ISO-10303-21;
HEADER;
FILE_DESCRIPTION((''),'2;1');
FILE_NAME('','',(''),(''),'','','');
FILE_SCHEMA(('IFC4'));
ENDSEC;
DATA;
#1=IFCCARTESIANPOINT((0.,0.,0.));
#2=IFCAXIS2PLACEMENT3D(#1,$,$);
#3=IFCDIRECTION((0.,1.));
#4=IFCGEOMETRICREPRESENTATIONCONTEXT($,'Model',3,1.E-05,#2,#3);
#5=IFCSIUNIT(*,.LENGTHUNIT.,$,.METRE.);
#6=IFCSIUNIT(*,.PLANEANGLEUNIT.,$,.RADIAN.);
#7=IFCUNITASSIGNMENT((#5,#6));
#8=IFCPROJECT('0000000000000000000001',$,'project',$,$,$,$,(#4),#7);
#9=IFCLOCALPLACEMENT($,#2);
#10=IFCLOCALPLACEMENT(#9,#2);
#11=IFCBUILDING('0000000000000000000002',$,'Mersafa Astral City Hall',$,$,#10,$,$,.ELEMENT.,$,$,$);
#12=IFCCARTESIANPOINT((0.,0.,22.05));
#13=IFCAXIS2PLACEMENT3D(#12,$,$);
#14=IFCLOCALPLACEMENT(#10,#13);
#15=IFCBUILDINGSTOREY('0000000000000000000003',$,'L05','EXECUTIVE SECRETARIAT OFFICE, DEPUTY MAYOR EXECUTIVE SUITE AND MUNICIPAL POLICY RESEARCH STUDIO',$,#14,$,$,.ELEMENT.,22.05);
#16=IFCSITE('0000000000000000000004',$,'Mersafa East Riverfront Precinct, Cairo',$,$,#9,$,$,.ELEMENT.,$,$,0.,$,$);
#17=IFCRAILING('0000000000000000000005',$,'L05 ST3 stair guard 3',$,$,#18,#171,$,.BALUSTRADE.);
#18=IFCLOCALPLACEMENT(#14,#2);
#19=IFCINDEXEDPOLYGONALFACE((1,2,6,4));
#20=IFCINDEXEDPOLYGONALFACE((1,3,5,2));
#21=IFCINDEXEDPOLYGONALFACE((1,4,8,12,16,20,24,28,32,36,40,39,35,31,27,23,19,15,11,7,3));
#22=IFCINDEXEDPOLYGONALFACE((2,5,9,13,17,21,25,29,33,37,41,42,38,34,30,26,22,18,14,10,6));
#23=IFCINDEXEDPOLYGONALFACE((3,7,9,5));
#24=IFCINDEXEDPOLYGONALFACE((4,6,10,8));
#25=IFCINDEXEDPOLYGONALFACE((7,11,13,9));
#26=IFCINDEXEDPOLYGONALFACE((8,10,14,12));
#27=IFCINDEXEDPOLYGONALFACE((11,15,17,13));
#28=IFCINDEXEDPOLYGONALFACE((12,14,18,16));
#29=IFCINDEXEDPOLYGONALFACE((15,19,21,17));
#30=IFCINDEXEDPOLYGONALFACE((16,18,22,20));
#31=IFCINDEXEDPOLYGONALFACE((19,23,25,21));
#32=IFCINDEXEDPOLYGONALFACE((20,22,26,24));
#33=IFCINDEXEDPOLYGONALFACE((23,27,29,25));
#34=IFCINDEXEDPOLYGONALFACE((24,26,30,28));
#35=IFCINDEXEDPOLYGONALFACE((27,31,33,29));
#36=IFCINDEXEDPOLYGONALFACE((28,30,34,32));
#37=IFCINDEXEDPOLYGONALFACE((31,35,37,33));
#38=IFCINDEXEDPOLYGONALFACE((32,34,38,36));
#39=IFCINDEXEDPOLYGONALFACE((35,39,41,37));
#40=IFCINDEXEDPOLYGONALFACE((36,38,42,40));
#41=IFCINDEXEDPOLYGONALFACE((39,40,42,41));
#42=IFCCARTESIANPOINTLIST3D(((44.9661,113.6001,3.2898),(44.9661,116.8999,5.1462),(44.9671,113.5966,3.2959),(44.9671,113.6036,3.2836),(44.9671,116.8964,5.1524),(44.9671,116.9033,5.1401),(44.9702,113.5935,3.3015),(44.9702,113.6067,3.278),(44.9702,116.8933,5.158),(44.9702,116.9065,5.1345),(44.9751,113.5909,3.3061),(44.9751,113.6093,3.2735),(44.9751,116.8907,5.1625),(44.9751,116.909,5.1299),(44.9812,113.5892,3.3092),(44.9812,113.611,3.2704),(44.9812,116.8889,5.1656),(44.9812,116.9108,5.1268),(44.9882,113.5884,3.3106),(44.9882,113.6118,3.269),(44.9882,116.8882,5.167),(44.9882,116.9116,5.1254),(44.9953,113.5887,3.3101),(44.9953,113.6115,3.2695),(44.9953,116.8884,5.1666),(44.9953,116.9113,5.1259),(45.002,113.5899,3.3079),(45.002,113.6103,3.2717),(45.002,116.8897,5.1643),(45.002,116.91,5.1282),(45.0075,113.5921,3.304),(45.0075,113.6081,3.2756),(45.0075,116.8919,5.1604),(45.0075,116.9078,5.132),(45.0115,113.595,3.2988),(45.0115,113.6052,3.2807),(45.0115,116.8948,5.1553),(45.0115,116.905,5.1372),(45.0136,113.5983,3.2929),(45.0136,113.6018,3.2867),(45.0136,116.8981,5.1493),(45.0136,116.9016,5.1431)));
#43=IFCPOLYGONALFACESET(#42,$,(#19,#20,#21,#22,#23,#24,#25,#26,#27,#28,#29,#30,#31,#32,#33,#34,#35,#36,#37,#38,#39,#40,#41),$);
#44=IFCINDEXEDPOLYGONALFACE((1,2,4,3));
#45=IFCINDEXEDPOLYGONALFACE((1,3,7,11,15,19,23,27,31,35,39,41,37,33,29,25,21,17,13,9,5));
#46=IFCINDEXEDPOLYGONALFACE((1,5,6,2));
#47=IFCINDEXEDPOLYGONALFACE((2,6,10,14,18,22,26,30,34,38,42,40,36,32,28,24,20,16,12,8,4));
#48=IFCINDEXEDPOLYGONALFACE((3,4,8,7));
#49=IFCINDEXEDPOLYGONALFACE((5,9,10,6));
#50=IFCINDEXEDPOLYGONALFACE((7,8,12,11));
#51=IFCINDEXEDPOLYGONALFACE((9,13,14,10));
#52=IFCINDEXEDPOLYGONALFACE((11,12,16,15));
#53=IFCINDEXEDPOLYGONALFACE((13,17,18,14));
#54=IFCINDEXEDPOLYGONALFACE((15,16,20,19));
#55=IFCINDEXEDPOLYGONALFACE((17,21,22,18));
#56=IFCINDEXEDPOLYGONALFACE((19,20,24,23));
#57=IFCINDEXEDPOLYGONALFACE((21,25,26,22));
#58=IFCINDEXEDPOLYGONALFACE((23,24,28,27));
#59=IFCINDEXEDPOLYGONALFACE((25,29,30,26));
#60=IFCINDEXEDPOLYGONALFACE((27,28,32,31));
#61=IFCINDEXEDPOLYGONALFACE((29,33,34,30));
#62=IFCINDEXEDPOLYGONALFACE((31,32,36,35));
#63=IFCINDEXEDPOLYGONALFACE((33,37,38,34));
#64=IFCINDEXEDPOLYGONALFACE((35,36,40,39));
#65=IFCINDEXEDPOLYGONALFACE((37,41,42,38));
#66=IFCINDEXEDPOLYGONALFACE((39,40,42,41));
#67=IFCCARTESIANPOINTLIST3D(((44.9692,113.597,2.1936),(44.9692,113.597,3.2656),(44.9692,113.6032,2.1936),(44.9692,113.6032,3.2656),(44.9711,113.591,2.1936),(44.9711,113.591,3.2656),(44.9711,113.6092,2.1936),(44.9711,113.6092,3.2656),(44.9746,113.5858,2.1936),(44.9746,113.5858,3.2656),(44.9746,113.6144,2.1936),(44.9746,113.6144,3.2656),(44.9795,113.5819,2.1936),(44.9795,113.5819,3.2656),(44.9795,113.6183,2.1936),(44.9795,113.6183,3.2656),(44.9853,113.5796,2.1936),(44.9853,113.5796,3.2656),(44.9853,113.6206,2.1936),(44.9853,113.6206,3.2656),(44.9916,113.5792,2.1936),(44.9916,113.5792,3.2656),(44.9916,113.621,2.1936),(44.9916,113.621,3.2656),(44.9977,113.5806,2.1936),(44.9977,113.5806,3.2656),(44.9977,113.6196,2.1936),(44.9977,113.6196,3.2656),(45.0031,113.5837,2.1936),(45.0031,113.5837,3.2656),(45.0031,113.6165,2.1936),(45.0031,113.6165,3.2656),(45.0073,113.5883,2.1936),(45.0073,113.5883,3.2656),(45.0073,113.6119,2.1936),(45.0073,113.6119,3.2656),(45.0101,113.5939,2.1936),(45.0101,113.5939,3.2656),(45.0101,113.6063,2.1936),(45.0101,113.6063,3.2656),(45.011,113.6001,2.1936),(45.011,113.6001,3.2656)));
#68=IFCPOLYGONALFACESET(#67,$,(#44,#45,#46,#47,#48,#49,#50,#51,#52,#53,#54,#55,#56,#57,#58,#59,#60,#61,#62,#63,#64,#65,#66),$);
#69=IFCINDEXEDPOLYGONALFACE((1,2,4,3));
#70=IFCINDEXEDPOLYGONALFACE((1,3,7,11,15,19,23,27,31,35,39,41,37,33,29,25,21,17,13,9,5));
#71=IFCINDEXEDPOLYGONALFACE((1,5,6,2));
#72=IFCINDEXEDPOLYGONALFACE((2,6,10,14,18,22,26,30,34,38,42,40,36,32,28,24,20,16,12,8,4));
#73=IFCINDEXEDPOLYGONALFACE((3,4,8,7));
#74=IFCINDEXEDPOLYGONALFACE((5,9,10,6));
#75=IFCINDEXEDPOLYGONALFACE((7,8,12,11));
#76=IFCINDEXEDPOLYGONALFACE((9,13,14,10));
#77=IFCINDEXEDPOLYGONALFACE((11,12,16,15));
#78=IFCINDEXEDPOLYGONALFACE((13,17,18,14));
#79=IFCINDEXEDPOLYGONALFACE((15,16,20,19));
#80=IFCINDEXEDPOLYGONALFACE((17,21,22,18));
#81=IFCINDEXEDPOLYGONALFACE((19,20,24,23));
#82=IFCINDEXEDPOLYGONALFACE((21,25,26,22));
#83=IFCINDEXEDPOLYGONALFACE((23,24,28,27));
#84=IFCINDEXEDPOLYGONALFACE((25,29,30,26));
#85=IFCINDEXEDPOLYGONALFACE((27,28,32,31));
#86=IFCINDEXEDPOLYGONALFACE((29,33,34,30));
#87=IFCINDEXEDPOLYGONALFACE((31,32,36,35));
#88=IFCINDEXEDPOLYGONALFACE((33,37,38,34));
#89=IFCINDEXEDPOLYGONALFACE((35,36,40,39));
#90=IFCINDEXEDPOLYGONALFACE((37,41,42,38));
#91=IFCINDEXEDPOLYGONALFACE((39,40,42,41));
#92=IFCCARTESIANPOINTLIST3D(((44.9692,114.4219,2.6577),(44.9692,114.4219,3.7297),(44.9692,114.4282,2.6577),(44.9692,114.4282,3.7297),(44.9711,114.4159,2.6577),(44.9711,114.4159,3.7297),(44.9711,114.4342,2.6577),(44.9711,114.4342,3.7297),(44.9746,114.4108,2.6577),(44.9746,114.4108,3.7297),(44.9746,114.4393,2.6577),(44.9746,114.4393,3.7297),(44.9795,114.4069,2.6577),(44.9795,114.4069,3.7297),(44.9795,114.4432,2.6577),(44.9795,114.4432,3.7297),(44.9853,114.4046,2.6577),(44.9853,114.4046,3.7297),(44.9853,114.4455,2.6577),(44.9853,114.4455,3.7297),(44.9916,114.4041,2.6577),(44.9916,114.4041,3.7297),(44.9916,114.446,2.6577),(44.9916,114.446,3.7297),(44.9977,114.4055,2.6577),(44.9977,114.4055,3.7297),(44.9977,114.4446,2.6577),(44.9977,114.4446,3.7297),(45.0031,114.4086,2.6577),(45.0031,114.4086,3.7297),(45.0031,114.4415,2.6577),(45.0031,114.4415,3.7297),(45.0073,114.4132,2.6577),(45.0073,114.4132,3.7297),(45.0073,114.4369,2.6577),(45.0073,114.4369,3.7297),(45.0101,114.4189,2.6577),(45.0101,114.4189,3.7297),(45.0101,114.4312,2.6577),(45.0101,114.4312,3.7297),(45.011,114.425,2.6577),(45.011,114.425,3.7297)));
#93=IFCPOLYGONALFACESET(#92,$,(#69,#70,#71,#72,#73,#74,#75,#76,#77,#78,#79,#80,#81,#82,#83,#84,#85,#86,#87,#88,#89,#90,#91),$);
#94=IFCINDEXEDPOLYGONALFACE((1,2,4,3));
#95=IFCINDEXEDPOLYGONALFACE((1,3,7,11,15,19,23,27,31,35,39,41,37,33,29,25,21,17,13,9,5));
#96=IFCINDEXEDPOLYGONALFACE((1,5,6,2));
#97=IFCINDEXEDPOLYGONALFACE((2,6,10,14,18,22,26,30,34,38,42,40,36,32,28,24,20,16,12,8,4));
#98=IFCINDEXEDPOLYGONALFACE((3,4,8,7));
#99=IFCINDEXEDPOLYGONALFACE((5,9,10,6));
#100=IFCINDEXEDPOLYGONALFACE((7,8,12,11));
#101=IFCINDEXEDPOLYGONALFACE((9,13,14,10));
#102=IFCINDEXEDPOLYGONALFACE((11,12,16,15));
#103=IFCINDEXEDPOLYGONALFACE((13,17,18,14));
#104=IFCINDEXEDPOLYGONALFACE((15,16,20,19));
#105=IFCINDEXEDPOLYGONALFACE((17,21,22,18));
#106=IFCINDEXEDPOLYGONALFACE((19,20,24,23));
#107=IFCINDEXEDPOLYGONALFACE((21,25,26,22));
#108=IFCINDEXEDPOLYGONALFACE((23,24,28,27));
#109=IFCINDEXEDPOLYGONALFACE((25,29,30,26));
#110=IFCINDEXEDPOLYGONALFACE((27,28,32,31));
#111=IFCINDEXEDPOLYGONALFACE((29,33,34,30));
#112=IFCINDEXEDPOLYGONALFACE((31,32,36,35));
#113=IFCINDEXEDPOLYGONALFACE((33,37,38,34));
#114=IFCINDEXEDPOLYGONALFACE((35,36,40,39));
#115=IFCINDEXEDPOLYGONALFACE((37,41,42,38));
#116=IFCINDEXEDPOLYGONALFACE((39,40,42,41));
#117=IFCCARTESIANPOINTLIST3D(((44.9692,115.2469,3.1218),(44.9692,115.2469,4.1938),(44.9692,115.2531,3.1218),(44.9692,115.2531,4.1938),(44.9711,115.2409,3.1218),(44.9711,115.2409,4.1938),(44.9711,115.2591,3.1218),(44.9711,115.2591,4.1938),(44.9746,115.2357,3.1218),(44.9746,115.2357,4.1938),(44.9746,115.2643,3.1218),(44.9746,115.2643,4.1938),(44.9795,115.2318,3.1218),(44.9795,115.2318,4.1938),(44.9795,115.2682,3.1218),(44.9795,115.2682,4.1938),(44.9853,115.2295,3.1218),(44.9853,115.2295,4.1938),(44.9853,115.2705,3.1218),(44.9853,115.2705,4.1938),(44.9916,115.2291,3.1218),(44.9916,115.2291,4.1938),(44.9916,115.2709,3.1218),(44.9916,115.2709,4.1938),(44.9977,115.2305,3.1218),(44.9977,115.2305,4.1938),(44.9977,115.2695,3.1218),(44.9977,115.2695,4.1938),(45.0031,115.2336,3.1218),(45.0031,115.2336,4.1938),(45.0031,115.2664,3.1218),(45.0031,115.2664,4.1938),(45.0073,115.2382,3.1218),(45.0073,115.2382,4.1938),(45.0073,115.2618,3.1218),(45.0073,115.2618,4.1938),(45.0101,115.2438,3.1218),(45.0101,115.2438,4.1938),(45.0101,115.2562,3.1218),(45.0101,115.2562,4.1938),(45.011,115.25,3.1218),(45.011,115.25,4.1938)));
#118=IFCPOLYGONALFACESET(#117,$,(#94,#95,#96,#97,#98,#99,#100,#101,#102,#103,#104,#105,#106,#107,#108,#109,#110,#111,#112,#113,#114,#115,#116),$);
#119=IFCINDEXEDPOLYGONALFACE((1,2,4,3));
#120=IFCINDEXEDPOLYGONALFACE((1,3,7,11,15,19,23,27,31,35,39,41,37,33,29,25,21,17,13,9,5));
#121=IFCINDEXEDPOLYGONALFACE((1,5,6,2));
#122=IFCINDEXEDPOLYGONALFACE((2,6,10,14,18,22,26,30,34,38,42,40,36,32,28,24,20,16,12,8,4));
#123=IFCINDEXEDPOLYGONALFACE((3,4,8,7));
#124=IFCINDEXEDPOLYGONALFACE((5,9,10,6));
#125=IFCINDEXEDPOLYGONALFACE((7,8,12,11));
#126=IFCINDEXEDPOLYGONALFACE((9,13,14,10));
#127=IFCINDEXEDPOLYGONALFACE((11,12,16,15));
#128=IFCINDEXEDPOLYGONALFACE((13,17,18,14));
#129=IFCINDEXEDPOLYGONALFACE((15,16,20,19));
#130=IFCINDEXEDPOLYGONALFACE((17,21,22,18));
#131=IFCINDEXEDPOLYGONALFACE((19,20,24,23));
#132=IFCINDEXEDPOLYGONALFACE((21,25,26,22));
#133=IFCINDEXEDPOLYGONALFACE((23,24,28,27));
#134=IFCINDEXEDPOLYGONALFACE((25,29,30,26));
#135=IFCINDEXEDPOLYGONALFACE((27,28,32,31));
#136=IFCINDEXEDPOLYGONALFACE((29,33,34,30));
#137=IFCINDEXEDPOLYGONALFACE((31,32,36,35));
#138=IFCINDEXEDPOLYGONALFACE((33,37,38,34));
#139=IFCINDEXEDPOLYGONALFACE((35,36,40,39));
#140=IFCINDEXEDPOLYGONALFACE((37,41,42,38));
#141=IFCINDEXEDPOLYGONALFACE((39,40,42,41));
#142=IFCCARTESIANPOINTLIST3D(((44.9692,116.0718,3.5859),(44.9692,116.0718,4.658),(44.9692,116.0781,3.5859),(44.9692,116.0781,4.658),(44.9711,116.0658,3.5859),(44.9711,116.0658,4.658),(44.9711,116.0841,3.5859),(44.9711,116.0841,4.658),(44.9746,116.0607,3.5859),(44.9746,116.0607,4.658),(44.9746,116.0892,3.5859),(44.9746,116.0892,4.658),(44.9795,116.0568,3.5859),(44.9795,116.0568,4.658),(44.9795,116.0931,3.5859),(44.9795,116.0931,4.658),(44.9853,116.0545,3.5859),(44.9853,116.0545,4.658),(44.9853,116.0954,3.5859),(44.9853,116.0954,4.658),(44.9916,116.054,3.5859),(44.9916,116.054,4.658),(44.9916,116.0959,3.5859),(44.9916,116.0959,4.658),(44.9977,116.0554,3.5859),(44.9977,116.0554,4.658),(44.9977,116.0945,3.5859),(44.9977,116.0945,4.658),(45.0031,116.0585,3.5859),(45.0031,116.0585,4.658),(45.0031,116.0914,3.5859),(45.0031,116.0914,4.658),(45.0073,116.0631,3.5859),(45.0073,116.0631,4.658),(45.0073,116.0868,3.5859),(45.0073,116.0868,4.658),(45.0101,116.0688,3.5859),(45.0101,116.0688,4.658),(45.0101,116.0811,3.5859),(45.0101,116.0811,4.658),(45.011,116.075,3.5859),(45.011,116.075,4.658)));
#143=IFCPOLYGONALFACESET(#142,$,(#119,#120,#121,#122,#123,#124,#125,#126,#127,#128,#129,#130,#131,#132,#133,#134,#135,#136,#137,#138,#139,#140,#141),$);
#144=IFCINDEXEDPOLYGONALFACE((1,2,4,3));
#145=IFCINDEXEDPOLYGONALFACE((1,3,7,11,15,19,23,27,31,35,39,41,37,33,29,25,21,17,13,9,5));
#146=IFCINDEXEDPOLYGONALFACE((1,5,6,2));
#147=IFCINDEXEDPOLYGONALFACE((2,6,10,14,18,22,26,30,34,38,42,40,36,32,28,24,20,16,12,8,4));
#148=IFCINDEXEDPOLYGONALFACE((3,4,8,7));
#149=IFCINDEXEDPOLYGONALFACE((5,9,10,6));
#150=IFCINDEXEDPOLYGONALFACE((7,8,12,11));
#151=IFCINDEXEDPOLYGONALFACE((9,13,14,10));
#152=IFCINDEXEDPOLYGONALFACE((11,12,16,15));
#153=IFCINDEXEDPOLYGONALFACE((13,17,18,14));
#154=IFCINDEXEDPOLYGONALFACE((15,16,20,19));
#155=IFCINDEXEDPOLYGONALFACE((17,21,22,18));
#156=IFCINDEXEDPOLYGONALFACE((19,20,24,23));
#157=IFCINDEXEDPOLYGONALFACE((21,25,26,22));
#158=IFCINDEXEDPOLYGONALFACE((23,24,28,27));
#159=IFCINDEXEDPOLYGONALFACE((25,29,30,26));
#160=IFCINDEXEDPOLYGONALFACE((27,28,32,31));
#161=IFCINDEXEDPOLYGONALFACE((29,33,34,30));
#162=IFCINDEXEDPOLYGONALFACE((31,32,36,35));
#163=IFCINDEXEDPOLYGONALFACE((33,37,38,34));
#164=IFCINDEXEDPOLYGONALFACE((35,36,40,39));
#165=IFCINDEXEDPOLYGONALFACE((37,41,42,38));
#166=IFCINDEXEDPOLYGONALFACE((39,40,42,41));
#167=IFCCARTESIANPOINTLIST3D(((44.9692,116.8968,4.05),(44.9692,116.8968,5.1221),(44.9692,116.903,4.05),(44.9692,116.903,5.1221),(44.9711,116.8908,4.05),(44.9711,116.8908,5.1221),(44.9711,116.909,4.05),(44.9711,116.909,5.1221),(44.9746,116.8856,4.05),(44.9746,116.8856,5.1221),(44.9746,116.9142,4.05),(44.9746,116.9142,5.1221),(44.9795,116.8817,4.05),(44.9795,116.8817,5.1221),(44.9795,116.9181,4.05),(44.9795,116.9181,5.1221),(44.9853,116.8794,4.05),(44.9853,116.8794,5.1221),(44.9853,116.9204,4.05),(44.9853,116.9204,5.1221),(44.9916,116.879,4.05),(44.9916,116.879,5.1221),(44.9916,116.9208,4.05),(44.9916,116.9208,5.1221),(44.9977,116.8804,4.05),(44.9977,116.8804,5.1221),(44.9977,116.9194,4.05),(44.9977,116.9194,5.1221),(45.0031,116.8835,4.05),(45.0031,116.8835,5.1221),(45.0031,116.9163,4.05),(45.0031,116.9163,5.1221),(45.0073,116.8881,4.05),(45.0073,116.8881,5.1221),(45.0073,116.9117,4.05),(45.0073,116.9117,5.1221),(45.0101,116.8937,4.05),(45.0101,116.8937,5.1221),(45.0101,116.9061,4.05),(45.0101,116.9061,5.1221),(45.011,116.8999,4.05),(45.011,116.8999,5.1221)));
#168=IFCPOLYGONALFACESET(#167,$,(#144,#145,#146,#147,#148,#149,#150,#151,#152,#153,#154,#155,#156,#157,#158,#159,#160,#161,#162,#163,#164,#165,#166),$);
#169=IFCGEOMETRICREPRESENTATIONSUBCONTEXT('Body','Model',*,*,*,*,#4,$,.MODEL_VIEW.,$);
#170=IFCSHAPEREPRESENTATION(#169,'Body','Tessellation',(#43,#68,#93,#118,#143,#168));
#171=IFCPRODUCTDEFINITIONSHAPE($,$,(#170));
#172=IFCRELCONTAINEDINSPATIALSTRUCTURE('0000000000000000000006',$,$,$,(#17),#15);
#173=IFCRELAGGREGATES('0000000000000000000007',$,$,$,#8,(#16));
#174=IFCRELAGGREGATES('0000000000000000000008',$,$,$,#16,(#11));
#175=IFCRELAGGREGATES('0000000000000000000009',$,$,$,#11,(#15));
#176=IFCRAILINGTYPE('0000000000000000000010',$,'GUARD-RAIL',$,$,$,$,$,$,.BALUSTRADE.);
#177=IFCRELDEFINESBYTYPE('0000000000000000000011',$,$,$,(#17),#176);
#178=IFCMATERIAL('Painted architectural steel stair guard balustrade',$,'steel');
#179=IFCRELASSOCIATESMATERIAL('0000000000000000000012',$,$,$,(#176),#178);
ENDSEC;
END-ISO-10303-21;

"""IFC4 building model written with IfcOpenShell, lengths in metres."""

from ifc_helpers import new_model, si_unit, direction, frame, origin, origin_2d, place, context, subcontext, project, spatial, circle, extrude, material, type_object, element, save


model = new_model("IFC4")

# Units and contexts
model_context = context("Model", 3, precision=1e-05, world=origin(), true_north=direction((0.0, 1.0)))
body_context = subcontext(model_context, "Body", "Model", "MODEL_VIEW")
ifc_project = project(units=[si_unit("LENGTHUNIT", "METRE"), si_unit("PLANEANGLEUNIT", "RADIAN")], contexts=[model_context])

# Site, building, storey
site_placement = place(None, origin())
site = spatial("IfcSite", under=ifc_project, at=site_placement, Name="Mersafa East Riverfront Precinct, Cairo", CompositionType="ELEMENT", RefElevation=0.0)
building_placement = place(site_placement, origin())
building = spatial("IfcBuilding", under=site, at=building_placement, Name="Mersafa Astral City Hall", CompositionType="ELEMENT")
storey_placement = place(building_placement, frame((0.0, 0.0, 22.05)))
storey = spatial("IfcBuildingStorey", under=building, at=storey_placement, Name="L05", Description="EXECUTIVE SECRETARIAT OFFICE, DEPUTY MAYOR EXECUTIVE SUITE AND MUNICIPAL POLICY RESEARCH STUDIO", CompositionType="ELEMENT", Elevation=22.05)

# Railing
ifc_material_1 = material(Name="Painted architectural steel stair guard balustrade", Category="steel")
railing_type_1 = type_object("IfcRailingType", Name="GUARD-RAIL", PredefinedType="BALUSTRADE", material=ifc_material_1)
railing_1_placement = place(storey_placement, frame((44.99, 113.6001, 2.1936)))
element("IfcRailing", 1, at=railing_1_placement, inside=storey, type_object=railing_type_1, Name="L05 ST3 stair guard 3", PredefinedType="BALUSTRADE", context=body_context, shape_type="SweptSolid", body=[
    extrude(circle(Radius=0.0239, at=origin_2d()), frame((0.0, 0.0, 1.0962), z_axis=(0.0, 0.871541, 0.490322), x_axis=(-1.0, 0.0, 0.0)), (0.0, 0.0, 1.0), 3.7861),
    extrude(circle(Radius=0.021, at=origin_2d()), origin(), (0.0, 0.0, 1.0), 1.072),
    extrude(circle(Radius=0.021, at=origin_2d()), frame((0.0, 0.825, 0.4641)), (0.0, 0.0, 1.0), 1.072),
    extrude(circle(Radius=0.021, at=origin_2d()), frame((0.0, 1.6499, 0.9282)), (0.0, 0.0, 1.0), 1.072),
    extrude(circle(Radius=0.021, at=origin_2d()), frame((0.0, 2.4749, 1.3923)), (0.0, 0.0, 1.0), 1.072),
    extrude(circle(Radius=0.021, at=origin_2d()), frame((0.0, 3.2998, 1.8564)), (0.0, 0.0, 1.0), 1.072),
])

save(model, "model.ifc")
